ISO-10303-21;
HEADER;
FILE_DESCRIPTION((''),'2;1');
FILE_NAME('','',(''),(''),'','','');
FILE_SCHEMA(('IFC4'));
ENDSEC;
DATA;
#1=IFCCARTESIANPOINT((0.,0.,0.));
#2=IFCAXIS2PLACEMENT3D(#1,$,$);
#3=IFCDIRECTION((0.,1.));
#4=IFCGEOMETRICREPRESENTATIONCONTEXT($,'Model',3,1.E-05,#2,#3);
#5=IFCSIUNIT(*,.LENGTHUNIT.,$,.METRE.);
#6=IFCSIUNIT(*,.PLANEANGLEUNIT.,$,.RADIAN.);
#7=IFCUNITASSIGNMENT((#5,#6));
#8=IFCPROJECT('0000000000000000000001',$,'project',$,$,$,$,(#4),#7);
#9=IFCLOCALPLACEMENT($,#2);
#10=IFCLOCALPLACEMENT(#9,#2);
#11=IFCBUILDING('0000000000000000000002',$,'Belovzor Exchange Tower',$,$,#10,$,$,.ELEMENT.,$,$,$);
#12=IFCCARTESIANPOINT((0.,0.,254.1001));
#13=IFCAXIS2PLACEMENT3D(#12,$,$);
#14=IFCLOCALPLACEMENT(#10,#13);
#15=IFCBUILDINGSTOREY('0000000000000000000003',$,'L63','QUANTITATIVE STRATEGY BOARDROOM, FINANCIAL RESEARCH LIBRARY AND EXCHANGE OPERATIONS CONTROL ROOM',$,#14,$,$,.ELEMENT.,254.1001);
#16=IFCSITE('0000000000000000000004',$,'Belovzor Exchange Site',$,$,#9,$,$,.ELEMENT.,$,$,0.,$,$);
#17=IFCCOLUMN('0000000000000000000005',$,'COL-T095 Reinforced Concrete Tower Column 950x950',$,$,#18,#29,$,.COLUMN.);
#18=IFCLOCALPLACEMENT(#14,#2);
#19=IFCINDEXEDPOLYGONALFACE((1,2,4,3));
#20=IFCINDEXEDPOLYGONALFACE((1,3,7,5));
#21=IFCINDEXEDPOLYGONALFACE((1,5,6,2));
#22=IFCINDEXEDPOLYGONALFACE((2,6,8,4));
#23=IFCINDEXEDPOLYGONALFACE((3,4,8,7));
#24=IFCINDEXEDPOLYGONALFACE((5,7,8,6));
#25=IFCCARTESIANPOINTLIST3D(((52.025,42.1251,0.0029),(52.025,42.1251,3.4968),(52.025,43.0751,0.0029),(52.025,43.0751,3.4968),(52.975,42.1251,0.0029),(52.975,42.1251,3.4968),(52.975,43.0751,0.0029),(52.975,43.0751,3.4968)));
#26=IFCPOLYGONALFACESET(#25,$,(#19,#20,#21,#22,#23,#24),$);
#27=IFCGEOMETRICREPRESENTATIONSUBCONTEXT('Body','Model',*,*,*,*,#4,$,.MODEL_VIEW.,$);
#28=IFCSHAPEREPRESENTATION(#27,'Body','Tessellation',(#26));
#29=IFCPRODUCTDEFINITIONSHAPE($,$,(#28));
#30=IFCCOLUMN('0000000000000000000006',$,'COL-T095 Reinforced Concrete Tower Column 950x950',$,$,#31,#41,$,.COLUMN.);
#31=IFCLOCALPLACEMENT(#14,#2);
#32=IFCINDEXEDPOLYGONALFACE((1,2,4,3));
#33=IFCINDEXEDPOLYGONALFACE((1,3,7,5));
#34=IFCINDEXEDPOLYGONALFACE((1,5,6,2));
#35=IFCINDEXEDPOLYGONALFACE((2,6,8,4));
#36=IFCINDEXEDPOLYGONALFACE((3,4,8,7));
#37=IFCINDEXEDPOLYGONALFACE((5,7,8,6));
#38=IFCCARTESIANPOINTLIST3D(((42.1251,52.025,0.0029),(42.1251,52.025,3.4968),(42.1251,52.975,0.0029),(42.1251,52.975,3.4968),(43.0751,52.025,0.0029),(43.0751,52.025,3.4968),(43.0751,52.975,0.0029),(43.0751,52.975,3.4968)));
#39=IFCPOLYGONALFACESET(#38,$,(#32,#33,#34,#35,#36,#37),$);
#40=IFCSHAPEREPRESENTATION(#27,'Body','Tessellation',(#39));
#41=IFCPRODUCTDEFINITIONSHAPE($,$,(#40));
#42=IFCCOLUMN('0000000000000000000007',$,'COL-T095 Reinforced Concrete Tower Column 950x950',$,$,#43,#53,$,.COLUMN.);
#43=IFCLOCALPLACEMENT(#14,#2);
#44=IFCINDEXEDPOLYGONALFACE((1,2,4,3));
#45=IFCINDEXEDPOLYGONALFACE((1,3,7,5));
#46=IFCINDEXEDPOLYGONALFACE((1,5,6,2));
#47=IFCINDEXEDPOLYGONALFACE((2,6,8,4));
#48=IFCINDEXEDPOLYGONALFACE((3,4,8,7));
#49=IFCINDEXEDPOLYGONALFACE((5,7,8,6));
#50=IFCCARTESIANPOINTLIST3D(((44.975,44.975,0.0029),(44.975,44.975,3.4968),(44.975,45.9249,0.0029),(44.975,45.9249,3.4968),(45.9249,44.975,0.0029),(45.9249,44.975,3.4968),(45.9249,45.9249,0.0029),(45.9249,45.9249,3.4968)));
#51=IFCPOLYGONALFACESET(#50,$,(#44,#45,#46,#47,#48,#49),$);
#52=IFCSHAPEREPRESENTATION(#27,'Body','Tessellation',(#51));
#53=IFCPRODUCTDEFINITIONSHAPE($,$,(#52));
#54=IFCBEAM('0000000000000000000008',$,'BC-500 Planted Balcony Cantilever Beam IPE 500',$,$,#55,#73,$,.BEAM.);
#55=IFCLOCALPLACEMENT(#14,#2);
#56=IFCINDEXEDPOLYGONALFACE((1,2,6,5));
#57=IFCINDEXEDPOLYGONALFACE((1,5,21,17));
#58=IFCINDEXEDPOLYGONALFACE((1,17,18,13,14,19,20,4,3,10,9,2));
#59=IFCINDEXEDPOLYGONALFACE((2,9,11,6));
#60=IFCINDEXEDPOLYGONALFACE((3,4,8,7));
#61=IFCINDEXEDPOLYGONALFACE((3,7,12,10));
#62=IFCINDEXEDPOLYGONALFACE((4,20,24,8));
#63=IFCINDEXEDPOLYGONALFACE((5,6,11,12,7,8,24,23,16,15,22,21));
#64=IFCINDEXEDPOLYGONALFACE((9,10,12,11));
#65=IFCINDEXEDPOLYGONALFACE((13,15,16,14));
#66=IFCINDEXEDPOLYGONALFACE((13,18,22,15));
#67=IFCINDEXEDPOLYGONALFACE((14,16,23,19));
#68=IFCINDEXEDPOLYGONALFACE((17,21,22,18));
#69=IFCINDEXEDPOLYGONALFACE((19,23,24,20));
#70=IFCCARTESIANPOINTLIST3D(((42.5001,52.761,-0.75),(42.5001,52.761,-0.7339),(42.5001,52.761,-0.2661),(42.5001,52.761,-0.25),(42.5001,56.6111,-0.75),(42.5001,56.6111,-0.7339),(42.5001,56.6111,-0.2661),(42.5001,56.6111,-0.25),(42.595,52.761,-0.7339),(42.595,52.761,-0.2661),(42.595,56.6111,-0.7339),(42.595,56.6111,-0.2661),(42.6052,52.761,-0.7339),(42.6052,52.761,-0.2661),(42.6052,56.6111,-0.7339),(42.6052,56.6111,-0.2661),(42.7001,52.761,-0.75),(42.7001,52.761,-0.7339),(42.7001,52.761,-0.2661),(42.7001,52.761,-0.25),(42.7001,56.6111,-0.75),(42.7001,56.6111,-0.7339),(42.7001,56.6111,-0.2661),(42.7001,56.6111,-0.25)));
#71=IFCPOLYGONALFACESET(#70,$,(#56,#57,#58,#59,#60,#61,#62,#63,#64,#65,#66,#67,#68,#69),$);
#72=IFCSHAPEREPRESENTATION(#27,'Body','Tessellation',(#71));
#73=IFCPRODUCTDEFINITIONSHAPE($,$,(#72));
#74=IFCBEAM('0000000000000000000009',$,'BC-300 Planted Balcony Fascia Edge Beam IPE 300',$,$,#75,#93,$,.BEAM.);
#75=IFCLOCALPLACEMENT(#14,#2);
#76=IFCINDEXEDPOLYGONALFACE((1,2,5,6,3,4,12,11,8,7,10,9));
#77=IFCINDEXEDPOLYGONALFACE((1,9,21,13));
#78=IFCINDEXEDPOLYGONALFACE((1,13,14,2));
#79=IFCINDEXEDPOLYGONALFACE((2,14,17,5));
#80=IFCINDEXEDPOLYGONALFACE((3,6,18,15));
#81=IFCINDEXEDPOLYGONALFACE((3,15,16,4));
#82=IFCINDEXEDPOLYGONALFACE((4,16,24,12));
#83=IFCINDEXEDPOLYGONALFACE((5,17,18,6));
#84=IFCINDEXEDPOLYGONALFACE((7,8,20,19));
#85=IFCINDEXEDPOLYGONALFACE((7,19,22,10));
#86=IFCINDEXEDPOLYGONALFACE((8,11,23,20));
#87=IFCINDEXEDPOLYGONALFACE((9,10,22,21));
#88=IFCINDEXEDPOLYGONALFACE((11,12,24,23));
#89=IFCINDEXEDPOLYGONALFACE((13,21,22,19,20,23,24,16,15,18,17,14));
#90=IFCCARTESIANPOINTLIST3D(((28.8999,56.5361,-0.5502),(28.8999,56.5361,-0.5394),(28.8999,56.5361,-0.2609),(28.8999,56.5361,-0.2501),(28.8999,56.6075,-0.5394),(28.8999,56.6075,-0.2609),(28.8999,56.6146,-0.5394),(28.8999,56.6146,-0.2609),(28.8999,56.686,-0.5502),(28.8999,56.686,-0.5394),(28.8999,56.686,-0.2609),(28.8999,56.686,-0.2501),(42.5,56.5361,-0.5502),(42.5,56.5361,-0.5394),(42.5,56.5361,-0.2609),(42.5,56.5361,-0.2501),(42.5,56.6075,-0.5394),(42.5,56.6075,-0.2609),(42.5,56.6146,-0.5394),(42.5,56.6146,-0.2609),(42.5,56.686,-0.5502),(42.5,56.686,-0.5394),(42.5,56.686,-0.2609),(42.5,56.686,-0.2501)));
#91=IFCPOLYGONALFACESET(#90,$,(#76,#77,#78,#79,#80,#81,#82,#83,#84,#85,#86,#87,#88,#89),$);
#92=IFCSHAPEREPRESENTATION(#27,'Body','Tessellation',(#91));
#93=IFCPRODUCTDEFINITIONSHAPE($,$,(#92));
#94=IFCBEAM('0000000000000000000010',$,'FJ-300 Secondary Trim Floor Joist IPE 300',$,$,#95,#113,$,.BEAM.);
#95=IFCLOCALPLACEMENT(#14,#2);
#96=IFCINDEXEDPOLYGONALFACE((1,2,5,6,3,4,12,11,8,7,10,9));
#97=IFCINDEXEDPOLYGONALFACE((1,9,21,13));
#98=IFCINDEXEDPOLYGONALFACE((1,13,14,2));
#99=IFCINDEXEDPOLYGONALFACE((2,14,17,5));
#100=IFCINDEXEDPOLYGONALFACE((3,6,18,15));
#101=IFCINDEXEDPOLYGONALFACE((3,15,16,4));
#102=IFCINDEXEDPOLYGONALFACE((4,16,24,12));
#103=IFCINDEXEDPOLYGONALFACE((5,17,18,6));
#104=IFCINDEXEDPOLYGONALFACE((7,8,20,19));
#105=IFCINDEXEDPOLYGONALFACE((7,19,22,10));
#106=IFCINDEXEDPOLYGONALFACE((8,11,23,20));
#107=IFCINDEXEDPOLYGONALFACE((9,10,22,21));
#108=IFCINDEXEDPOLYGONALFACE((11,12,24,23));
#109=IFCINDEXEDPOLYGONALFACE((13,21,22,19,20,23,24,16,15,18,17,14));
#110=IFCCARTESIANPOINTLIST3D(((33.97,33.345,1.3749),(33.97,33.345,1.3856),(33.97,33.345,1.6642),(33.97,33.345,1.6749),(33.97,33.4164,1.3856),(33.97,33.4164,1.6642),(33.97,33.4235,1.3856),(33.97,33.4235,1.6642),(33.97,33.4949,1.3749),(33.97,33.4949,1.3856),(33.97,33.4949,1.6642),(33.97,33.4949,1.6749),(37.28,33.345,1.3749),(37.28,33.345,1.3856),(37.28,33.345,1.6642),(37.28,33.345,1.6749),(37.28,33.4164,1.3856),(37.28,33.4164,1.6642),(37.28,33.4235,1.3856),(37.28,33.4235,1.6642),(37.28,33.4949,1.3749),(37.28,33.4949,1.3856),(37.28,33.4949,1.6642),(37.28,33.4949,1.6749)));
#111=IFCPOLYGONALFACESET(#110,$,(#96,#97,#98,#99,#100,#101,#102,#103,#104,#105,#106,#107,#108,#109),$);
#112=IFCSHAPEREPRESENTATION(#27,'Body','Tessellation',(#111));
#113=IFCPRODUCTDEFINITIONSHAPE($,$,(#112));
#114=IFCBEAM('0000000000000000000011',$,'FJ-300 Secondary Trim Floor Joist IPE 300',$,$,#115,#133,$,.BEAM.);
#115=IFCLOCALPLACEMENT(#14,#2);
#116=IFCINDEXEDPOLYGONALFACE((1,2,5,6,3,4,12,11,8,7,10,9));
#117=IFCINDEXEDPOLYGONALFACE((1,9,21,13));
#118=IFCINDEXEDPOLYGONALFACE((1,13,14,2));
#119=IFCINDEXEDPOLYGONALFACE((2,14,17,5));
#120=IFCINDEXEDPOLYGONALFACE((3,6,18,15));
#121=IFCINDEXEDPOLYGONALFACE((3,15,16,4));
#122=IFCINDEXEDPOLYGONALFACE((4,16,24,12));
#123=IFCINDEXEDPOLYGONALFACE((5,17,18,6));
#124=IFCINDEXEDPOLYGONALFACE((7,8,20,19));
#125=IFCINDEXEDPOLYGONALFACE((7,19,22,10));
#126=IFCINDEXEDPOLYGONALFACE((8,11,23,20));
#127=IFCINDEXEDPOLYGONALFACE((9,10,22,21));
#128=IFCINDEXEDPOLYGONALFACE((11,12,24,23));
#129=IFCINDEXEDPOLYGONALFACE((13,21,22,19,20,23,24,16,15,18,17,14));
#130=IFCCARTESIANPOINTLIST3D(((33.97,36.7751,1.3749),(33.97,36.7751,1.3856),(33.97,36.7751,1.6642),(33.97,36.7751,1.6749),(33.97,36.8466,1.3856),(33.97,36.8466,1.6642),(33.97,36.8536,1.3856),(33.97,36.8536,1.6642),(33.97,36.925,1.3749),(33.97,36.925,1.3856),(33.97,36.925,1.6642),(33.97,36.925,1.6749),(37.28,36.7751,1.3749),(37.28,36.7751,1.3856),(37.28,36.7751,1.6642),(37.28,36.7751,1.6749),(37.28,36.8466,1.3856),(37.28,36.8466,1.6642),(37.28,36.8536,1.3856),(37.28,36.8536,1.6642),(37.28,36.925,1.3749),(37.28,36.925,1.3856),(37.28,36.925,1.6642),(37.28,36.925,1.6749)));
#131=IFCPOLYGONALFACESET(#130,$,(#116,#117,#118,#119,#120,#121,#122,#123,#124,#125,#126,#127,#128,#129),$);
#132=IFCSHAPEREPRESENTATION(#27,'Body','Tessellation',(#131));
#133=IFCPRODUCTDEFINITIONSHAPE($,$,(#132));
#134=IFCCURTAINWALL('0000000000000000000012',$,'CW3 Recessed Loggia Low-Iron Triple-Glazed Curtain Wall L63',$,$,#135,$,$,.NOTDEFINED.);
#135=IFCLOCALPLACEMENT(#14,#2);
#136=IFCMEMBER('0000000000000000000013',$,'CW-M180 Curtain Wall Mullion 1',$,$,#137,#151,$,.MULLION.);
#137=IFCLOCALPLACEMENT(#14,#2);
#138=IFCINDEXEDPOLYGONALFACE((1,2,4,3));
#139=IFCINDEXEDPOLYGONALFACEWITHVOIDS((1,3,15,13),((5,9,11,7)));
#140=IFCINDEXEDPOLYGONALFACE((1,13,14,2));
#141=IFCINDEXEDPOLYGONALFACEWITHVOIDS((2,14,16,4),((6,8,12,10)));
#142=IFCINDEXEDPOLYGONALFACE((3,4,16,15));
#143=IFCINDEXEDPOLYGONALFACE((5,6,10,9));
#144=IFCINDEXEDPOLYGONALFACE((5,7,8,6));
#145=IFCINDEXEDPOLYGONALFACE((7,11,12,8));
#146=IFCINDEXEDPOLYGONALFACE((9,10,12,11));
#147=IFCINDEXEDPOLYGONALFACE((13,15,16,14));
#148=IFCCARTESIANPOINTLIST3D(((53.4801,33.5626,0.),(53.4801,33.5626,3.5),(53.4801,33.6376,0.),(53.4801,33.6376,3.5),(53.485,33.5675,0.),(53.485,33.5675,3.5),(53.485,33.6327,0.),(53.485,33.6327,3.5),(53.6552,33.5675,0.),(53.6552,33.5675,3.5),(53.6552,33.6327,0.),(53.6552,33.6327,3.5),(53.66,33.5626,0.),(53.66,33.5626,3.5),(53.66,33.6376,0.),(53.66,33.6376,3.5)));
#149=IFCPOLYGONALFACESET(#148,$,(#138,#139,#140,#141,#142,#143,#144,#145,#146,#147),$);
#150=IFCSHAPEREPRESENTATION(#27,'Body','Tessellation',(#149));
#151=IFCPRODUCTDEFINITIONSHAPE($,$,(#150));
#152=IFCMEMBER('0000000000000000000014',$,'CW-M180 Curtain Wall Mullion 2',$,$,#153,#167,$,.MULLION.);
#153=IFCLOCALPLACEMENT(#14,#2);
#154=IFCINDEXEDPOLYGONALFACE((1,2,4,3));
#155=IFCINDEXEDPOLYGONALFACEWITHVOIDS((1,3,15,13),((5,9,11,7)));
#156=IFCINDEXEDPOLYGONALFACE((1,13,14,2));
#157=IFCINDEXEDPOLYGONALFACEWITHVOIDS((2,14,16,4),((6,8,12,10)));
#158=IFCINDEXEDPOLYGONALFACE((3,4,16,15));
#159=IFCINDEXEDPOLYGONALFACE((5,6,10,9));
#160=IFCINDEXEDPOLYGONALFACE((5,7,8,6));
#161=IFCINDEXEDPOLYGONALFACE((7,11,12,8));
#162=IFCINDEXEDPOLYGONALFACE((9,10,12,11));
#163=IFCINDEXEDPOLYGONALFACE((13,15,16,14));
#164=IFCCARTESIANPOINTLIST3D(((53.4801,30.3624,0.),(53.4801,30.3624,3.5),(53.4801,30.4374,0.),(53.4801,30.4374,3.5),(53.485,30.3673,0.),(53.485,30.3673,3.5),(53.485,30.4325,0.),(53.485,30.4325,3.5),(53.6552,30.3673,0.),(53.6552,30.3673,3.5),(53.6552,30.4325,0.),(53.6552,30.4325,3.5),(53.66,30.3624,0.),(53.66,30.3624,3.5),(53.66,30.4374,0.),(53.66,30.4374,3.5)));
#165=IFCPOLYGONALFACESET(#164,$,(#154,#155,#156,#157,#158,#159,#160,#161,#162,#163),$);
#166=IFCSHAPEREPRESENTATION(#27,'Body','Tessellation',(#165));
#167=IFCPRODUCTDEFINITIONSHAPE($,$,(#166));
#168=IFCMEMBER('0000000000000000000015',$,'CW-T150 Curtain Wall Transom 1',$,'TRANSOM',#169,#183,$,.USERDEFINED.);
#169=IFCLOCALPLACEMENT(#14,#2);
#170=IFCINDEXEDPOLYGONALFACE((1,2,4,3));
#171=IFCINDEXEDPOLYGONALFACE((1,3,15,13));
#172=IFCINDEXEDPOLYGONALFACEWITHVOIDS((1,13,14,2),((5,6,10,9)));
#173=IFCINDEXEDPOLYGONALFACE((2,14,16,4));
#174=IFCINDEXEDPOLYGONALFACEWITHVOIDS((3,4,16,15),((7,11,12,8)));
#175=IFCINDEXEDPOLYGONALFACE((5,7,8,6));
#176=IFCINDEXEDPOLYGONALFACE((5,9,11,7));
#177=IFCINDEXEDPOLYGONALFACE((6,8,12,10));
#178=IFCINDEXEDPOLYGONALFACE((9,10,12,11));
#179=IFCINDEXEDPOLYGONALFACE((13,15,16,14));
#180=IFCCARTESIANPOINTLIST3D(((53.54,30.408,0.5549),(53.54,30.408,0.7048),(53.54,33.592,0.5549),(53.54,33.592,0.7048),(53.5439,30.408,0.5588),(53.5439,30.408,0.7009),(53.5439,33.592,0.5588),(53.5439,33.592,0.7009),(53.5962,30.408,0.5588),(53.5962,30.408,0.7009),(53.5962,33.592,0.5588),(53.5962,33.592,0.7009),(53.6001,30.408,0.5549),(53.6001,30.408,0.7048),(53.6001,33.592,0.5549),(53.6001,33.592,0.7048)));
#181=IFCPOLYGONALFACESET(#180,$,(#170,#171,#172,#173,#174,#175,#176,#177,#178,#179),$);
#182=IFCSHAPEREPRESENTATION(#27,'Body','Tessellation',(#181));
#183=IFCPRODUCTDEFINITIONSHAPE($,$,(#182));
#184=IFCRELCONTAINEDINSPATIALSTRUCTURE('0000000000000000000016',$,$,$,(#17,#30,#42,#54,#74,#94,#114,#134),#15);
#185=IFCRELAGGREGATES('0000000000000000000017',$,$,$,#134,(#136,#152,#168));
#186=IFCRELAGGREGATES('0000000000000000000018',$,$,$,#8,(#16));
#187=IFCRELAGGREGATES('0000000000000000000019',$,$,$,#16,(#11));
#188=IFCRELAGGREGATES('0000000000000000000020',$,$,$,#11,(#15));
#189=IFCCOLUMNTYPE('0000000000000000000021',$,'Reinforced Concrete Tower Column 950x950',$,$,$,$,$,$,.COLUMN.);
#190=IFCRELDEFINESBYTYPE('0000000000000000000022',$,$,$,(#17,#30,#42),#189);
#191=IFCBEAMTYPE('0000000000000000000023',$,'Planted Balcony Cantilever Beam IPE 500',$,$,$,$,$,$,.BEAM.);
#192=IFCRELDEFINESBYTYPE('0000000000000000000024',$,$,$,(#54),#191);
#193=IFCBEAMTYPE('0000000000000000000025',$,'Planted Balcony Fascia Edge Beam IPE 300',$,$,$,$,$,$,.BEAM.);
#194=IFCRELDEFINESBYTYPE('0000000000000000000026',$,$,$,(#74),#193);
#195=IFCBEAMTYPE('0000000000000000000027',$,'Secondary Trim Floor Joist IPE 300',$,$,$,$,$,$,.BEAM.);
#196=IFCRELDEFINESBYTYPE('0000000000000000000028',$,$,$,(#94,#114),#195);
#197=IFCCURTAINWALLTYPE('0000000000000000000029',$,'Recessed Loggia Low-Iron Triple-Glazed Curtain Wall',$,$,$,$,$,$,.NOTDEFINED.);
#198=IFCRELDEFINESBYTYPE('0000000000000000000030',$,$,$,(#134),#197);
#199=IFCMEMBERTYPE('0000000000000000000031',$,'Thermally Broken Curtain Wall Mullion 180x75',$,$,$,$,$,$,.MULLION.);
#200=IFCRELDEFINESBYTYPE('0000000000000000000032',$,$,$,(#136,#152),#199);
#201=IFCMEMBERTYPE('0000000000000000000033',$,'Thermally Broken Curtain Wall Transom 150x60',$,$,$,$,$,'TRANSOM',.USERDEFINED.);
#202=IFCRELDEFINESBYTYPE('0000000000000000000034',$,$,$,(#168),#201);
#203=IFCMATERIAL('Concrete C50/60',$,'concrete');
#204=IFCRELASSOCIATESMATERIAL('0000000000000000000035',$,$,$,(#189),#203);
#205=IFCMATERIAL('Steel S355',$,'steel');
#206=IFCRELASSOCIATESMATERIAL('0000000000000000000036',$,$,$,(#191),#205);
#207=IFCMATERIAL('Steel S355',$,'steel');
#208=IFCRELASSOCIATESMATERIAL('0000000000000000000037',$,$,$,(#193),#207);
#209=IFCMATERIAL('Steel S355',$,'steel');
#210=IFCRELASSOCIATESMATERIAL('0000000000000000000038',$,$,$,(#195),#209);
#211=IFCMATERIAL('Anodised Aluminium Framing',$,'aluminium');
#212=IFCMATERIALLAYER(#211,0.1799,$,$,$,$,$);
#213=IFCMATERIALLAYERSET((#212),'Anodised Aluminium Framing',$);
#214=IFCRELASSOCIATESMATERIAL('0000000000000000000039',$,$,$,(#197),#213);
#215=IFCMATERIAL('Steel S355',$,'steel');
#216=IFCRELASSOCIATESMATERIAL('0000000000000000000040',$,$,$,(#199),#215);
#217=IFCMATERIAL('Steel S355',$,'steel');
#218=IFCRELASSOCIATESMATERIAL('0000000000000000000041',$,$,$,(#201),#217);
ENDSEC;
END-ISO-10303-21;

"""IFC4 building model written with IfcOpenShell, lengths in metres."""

from ifc_helpers import new_model, si_unit, direction, frame, origin, origin_2d, place, context, subcontext, project, spatial, rectangle, hollow_rectangle, i_section, extrude, material, layer, layer_set, material_profile, profile_set, type_object, element, aggregate, save


model = new_model("IFC4")

# Units and contexts
model_context = context("Model", 3, precision=1e-05, world=origin(), true_north=direction((0.0, 1.0)))
body_context = subcontext(model_context, "Body", "Model", "MODEL_VIEW")
ifc_project = project(units=[si_unit("LENGTHUNIT", "METRE"), si_unit("PLANEANGLEUNIT", "RADIAN")], contexts=[model_context])

# Site, building, storey
site_placement = place(None, origin())
site = spatial("IfcSite", under=ifc_project, at=site_placement, Name="Belovzor Exchange Site", CompositionType="ELEMENT", RefElevation=0.0)
building_placement = place(site_placement, origin())
building = spatial("IfcBuilding", under=site, at=building_placement, Name="Belovzor Exchange Tower", CompositionType="ELEMENT")
storey_placement = place(building_placement, frame((0.0, 0.0, 254.1001)))
storey = spatial("IfcBuildingStorey", under=building, at=storey_placement, Name="L63", Description="QUANTITATIVE STRATEGY BOARDROOM, FINANCIAL RESEARCH LIBRARY AND EXCHANGE OPERATIONS CONTROL ROOM", CompositionType="ELEMENT", Elevation=254.1001)

# Columns
ifc_material_1 = material(Name="Concrete C50/60", Category="concrete")
ifc_material_profile_1 = material_profile(ifc_material_1, rectangle(XDim=0.95, YDim=0.95, at=origin_2d()))
ifc_profile_set_1 = profile_set([ifc_material_profile_1], Name="Concrete C50/60")
column_type = type_object("IfcColumnType", Name="Reinforced Concrete Tower Column 950x950", PredefinedType="COLUMN", material=ifc_profile_set_1)
for number, where, z_axis, x_axis, name in (
    (1, (52.5, 42.6001, 0.0029), (0.0, 0.0, 1.0), (1.0, 0.0, 0.0), "COL-T095 Reinforced Concrete Tower Column 950x950"),
    (2, (42.6001, 52.5, 0.0029), (0.0, 0.0, 1.0), (1.0, 0.0, 0.0), "COL-T095 Reinforced Concrete Tower Column 950x950"),
    (3, (45.45, 45.45, 0.0029), (0.0, 0.0, 1.0), (1.0, 0.0, 0.0), "COL-T095 Reinforced Concrete Tower Column 950x950"),
):
    element("IfcColumn", number, at=place(storey_placement, frame(where, z_axis=z_axis, x_axis=x_axis)), inside=storey, type_object=column_type, Name=name, PredefinedType="COLUMN", context=body_context, shape_type="SweptSolid", body=[
        extrude(rectangle(XDim=0.95, YDim=0.95, at=origin_2d()), origin(), (0.0, 0.0, 1.0), 3.4939),
    ])

# Beams
ifc_material_2 = material(Name="Steel S355", Category="steel")
ifc_material_profile_2 = material_profile(ifc_material_2, i_section(OverallWidth=0.2, OverallDepth=0.5, WebThickness=0.0103, FlangeThickness=0.0161, at=origin_2d()))
ifc_profile_set_2 = profile_set([ifc_material_profile_2], Name="Steel S355")
beam_type_1 = type_object("IfcBeamType", Name="Planted Balcony Cantilever Beam IPE 500", PredefinedType="BEAM", material=ifc_profile_set_2)
beam_1_placement = place(storey_placement, frame((42.6001, 52.761, -0.5), z_axis=(0.0, 1.0, 0.0), x_axis=(-1.0, 0.0, 0.0)))
element("IfcBeam", 4, at=beam_1_placement, inside=storey, type_object=beam_type_1, Name="BC-500 Planted Balcony Cantilever Beam IPE 500", PredefinedType="BEAM", context=body_context, shape_type="SweptSolid", body=[
    extrude(i_section(OverallWidth=0.2, OverallDepth=0.5, WebThickness=0.0103, FlangeThickness=0.0161, at=origin_2d()), origin(), (0.0, 0.0, 1.0), 3.8501),
])
ifc_material_3 = material(Name="Steel S355", Category="steel")
ifc_material_profile_3 = material_profile(ifc_material_3, i_section(OverallWidth=0.1499, OverallDepth=0.3, WebThickness=0.0071, FlangeThickness=0.0107, at=origin_2d()))
ifc_profile_set_3 = profile_set([ifc_material_profile_3], Name="Steel S355")
beam_type_2 = type_object("IfcBeamType", Name="Planted Balcony Fascia Edge Beam IPE 300", PredefinedType="BEAM", material=ifc_profile_set_3)
beam_2_placement = place(storey_placement, frame((42.5, 56.6111, -0.4001), z_axis=(-1.0, 0.0, 0.0), x_axis=(0.0, -1.0, 0.0)))
element("IfcBeam", 5, at=beam_2_placement, inside=storey, type_object=beam_type_2, Name="BC-300 Planted Balcony Fascia Edge Beam IPE 300", PredefinedType="BEAM", context=body_context, shape_type="SweptSolid", body=[
    extrude(i_section(OverallWidth=0.1499, OverallDepth=0.3, WebThickness=0.0071, FlangeThickness=0.0107, at=origin_2d()), origin(), (0.0, 0.0, 1.0), 13.6001),
])
ifc_material_4 = material(Name="Steel S355", Category="steel")
ifc_material_profile_4 = material_profile(ifc_material_4, i_section(OverallWidth=0.1499, OverallDepth=0.3, WebThickness=0.0071, FlangeThickness=0.0107, at=origin_2d()))
ifc_profile_set_4 = profile_set([ifc_material_profile_4], Name="Steel S355")
beam_type_3 = type_object("IfcBeamType", Name="Secondary Trim Floor Joist IPE 300", PredefinedType="BEAM", material=ifc_profile_set_4)
for number, where, z_axis, x_axis, name in (
    (6, (37.28, 33.4199, 1.5249), (-1.0, 0.0, 0.0), (0.0, -1.0, 0.0), "FJ-300 Secondary Trim Floor Joist IPE 300"),
    (7, (37.28, 36.8501, 1.5249), (-1.0, 0.0, 0.0), (0.0, -1.0, 0.0), "FJ-300 Secondary Trim Floor Joist IPE 300"),
):
    element("IfcBeam", number, at=place(storey_placement, frame(where, z_axis=z_axis, x_axis=x_axis)), inside=storey, type_object=beam_type_3, Name=name, PredefinedType="BEAM", context=body_context, shape_type="SweptSolid", body=[
        extrude(i_section(OverallWidth=0.1499, OverallDepth=0.3, WebThickness=0.0071, FlangeThickness=0.0107, at=origin_2d()), origin(), (0.0, 0.0, 1.0), 3.3101),
    ])

# Curtain wall, members
ifc_material_5 = material(Name="Anodised Aluminium Framing", Category="aluminium")
ifc_layer_1 = layer(ifc_material_5, 0.1799)
ifc_layer_set_1 = layer_set([ifc_layer_1], Name="Anodised Aluminium Framing")
curtain_wall_type = type_object("IfcCurtainWallType", Name="Recessed Loggia Low-Iron Triple-Glazed Curtain Wall", PredefinedType="NOTDEFINED", material=ifc_layer_set_1)
curtain_wall_placement = place(storey_placement, origin())
curtain_wall = element("IfcCurtainWall", 8, at=curtain_wall_placement, inside=storey, type_object=curtain_wall_type, Name="CW3 Recessed Loggia Low-Iron Triple-Glazed Curtain Wall L63", PredefinedType="NOTDEFINED")
ifc_material_6 = material(Name="Steel S355", Category="steel")
ifc_material_profile_5 = material_profile(ifc_material_6, hollow_rectangle(XDim=0.075, YDim=0.1799, WallThickness=0.0049, at=origin_2d()))
ifc_profile_set_5 = profile_set([ifc_material_profile_5], Name="Steel S355")
member_type_1 = type_object("IfcMemberType", Name="Thermally Broken Curtain Wall Mullion 180x75", PredefinedType="MULLION", material=ifc_profile_set_5)
member_1_placement = place(storey_placement, frame((53.5701, 33.6001, 0.0), z_axis=(0.0, 0.0, 1.0), x_axis=(0.0, -1.0, 0.0)))
member_1 = element("IfcMember", 9, at=member_1_placement, type_object=member_type_1, Name="CW-M180 Curtain Wall Mullion 1", PredefinedType="MULLION", context=body_context, shape_type="SweptSolid", body=[
    extrude(hollow_rectangle(XDim=0.075, YDim=0.1799, WallThickness=0.0049, at=origin_2d()), origin(), (0.0, 0.0, 1.0), 3.5),
])
member_2_placement = place(storey_placement, frame((53.5701, 30.3999, 0.0), z_axis=(0.0, 0.0, 1.0), x_axis=(0.0, -1.0, 0.0)))
member_2 = element("IfcMember", 10, at=member_2_placement, type_object=member_type_1, Name="CW-M180 Curtain Wall Mullion 2", PredefinedType="MULLION", context=body_context, shape_type="SweptSolid", body=[
    extrude(hollow_rectangle(XDim=0.075, YDim=0.1799, WallThickness=0.0049, at=origin_2d()), origin(), (0.0, 0.0, 1.0), 3.5),
])
ifc_material_7 = material(Name="Steel S355", Category="steel")
ifc_material_profile_6 = material_profile(ifc_material_7, hollow_rectangle(XDim=0.0601, YDim=0.1499, WallThickness=0.0039, at=origin_2d()))
ifc_profile_set_6 = profile_set([ifc_material_profile_6], Name="Steel S355")
member_type_2 = type_object("IfcMemberType", Name="Thermally Broken Curtain Wall Transom 150x60", ElementType="TRANSOM", PredefinedType="USERDEFINED", material=ifc_profile_set_6)
member_3_placement = place(storey_placement, frame((53.5701, 33.592, 0.6299), z_axis=(0.0, -1.0, 0.0), x_axis=(1.0, 0.0, 0.0)))
member_3 = element("IfcMember", 11, at=member_3_placement, type_object=member_type_2, Name="CW-T150 Curtain Wall Transom 1", ObjectType="TRANSOM", PredefinedType="USERDEFINED", context=body_context, shape_type="SweptSolid", body=[
    extrude(hollow_rectangle(XDim=0.0601, YDim=0.1499, WallThickness=0.0039, at=origin_2d()), origin(), (0.0, 0.0, 1.0), 3.1841),
])

aggregate(curtain_wall, [member_1, member_2, member_3])

save(model, "model.ifc")
